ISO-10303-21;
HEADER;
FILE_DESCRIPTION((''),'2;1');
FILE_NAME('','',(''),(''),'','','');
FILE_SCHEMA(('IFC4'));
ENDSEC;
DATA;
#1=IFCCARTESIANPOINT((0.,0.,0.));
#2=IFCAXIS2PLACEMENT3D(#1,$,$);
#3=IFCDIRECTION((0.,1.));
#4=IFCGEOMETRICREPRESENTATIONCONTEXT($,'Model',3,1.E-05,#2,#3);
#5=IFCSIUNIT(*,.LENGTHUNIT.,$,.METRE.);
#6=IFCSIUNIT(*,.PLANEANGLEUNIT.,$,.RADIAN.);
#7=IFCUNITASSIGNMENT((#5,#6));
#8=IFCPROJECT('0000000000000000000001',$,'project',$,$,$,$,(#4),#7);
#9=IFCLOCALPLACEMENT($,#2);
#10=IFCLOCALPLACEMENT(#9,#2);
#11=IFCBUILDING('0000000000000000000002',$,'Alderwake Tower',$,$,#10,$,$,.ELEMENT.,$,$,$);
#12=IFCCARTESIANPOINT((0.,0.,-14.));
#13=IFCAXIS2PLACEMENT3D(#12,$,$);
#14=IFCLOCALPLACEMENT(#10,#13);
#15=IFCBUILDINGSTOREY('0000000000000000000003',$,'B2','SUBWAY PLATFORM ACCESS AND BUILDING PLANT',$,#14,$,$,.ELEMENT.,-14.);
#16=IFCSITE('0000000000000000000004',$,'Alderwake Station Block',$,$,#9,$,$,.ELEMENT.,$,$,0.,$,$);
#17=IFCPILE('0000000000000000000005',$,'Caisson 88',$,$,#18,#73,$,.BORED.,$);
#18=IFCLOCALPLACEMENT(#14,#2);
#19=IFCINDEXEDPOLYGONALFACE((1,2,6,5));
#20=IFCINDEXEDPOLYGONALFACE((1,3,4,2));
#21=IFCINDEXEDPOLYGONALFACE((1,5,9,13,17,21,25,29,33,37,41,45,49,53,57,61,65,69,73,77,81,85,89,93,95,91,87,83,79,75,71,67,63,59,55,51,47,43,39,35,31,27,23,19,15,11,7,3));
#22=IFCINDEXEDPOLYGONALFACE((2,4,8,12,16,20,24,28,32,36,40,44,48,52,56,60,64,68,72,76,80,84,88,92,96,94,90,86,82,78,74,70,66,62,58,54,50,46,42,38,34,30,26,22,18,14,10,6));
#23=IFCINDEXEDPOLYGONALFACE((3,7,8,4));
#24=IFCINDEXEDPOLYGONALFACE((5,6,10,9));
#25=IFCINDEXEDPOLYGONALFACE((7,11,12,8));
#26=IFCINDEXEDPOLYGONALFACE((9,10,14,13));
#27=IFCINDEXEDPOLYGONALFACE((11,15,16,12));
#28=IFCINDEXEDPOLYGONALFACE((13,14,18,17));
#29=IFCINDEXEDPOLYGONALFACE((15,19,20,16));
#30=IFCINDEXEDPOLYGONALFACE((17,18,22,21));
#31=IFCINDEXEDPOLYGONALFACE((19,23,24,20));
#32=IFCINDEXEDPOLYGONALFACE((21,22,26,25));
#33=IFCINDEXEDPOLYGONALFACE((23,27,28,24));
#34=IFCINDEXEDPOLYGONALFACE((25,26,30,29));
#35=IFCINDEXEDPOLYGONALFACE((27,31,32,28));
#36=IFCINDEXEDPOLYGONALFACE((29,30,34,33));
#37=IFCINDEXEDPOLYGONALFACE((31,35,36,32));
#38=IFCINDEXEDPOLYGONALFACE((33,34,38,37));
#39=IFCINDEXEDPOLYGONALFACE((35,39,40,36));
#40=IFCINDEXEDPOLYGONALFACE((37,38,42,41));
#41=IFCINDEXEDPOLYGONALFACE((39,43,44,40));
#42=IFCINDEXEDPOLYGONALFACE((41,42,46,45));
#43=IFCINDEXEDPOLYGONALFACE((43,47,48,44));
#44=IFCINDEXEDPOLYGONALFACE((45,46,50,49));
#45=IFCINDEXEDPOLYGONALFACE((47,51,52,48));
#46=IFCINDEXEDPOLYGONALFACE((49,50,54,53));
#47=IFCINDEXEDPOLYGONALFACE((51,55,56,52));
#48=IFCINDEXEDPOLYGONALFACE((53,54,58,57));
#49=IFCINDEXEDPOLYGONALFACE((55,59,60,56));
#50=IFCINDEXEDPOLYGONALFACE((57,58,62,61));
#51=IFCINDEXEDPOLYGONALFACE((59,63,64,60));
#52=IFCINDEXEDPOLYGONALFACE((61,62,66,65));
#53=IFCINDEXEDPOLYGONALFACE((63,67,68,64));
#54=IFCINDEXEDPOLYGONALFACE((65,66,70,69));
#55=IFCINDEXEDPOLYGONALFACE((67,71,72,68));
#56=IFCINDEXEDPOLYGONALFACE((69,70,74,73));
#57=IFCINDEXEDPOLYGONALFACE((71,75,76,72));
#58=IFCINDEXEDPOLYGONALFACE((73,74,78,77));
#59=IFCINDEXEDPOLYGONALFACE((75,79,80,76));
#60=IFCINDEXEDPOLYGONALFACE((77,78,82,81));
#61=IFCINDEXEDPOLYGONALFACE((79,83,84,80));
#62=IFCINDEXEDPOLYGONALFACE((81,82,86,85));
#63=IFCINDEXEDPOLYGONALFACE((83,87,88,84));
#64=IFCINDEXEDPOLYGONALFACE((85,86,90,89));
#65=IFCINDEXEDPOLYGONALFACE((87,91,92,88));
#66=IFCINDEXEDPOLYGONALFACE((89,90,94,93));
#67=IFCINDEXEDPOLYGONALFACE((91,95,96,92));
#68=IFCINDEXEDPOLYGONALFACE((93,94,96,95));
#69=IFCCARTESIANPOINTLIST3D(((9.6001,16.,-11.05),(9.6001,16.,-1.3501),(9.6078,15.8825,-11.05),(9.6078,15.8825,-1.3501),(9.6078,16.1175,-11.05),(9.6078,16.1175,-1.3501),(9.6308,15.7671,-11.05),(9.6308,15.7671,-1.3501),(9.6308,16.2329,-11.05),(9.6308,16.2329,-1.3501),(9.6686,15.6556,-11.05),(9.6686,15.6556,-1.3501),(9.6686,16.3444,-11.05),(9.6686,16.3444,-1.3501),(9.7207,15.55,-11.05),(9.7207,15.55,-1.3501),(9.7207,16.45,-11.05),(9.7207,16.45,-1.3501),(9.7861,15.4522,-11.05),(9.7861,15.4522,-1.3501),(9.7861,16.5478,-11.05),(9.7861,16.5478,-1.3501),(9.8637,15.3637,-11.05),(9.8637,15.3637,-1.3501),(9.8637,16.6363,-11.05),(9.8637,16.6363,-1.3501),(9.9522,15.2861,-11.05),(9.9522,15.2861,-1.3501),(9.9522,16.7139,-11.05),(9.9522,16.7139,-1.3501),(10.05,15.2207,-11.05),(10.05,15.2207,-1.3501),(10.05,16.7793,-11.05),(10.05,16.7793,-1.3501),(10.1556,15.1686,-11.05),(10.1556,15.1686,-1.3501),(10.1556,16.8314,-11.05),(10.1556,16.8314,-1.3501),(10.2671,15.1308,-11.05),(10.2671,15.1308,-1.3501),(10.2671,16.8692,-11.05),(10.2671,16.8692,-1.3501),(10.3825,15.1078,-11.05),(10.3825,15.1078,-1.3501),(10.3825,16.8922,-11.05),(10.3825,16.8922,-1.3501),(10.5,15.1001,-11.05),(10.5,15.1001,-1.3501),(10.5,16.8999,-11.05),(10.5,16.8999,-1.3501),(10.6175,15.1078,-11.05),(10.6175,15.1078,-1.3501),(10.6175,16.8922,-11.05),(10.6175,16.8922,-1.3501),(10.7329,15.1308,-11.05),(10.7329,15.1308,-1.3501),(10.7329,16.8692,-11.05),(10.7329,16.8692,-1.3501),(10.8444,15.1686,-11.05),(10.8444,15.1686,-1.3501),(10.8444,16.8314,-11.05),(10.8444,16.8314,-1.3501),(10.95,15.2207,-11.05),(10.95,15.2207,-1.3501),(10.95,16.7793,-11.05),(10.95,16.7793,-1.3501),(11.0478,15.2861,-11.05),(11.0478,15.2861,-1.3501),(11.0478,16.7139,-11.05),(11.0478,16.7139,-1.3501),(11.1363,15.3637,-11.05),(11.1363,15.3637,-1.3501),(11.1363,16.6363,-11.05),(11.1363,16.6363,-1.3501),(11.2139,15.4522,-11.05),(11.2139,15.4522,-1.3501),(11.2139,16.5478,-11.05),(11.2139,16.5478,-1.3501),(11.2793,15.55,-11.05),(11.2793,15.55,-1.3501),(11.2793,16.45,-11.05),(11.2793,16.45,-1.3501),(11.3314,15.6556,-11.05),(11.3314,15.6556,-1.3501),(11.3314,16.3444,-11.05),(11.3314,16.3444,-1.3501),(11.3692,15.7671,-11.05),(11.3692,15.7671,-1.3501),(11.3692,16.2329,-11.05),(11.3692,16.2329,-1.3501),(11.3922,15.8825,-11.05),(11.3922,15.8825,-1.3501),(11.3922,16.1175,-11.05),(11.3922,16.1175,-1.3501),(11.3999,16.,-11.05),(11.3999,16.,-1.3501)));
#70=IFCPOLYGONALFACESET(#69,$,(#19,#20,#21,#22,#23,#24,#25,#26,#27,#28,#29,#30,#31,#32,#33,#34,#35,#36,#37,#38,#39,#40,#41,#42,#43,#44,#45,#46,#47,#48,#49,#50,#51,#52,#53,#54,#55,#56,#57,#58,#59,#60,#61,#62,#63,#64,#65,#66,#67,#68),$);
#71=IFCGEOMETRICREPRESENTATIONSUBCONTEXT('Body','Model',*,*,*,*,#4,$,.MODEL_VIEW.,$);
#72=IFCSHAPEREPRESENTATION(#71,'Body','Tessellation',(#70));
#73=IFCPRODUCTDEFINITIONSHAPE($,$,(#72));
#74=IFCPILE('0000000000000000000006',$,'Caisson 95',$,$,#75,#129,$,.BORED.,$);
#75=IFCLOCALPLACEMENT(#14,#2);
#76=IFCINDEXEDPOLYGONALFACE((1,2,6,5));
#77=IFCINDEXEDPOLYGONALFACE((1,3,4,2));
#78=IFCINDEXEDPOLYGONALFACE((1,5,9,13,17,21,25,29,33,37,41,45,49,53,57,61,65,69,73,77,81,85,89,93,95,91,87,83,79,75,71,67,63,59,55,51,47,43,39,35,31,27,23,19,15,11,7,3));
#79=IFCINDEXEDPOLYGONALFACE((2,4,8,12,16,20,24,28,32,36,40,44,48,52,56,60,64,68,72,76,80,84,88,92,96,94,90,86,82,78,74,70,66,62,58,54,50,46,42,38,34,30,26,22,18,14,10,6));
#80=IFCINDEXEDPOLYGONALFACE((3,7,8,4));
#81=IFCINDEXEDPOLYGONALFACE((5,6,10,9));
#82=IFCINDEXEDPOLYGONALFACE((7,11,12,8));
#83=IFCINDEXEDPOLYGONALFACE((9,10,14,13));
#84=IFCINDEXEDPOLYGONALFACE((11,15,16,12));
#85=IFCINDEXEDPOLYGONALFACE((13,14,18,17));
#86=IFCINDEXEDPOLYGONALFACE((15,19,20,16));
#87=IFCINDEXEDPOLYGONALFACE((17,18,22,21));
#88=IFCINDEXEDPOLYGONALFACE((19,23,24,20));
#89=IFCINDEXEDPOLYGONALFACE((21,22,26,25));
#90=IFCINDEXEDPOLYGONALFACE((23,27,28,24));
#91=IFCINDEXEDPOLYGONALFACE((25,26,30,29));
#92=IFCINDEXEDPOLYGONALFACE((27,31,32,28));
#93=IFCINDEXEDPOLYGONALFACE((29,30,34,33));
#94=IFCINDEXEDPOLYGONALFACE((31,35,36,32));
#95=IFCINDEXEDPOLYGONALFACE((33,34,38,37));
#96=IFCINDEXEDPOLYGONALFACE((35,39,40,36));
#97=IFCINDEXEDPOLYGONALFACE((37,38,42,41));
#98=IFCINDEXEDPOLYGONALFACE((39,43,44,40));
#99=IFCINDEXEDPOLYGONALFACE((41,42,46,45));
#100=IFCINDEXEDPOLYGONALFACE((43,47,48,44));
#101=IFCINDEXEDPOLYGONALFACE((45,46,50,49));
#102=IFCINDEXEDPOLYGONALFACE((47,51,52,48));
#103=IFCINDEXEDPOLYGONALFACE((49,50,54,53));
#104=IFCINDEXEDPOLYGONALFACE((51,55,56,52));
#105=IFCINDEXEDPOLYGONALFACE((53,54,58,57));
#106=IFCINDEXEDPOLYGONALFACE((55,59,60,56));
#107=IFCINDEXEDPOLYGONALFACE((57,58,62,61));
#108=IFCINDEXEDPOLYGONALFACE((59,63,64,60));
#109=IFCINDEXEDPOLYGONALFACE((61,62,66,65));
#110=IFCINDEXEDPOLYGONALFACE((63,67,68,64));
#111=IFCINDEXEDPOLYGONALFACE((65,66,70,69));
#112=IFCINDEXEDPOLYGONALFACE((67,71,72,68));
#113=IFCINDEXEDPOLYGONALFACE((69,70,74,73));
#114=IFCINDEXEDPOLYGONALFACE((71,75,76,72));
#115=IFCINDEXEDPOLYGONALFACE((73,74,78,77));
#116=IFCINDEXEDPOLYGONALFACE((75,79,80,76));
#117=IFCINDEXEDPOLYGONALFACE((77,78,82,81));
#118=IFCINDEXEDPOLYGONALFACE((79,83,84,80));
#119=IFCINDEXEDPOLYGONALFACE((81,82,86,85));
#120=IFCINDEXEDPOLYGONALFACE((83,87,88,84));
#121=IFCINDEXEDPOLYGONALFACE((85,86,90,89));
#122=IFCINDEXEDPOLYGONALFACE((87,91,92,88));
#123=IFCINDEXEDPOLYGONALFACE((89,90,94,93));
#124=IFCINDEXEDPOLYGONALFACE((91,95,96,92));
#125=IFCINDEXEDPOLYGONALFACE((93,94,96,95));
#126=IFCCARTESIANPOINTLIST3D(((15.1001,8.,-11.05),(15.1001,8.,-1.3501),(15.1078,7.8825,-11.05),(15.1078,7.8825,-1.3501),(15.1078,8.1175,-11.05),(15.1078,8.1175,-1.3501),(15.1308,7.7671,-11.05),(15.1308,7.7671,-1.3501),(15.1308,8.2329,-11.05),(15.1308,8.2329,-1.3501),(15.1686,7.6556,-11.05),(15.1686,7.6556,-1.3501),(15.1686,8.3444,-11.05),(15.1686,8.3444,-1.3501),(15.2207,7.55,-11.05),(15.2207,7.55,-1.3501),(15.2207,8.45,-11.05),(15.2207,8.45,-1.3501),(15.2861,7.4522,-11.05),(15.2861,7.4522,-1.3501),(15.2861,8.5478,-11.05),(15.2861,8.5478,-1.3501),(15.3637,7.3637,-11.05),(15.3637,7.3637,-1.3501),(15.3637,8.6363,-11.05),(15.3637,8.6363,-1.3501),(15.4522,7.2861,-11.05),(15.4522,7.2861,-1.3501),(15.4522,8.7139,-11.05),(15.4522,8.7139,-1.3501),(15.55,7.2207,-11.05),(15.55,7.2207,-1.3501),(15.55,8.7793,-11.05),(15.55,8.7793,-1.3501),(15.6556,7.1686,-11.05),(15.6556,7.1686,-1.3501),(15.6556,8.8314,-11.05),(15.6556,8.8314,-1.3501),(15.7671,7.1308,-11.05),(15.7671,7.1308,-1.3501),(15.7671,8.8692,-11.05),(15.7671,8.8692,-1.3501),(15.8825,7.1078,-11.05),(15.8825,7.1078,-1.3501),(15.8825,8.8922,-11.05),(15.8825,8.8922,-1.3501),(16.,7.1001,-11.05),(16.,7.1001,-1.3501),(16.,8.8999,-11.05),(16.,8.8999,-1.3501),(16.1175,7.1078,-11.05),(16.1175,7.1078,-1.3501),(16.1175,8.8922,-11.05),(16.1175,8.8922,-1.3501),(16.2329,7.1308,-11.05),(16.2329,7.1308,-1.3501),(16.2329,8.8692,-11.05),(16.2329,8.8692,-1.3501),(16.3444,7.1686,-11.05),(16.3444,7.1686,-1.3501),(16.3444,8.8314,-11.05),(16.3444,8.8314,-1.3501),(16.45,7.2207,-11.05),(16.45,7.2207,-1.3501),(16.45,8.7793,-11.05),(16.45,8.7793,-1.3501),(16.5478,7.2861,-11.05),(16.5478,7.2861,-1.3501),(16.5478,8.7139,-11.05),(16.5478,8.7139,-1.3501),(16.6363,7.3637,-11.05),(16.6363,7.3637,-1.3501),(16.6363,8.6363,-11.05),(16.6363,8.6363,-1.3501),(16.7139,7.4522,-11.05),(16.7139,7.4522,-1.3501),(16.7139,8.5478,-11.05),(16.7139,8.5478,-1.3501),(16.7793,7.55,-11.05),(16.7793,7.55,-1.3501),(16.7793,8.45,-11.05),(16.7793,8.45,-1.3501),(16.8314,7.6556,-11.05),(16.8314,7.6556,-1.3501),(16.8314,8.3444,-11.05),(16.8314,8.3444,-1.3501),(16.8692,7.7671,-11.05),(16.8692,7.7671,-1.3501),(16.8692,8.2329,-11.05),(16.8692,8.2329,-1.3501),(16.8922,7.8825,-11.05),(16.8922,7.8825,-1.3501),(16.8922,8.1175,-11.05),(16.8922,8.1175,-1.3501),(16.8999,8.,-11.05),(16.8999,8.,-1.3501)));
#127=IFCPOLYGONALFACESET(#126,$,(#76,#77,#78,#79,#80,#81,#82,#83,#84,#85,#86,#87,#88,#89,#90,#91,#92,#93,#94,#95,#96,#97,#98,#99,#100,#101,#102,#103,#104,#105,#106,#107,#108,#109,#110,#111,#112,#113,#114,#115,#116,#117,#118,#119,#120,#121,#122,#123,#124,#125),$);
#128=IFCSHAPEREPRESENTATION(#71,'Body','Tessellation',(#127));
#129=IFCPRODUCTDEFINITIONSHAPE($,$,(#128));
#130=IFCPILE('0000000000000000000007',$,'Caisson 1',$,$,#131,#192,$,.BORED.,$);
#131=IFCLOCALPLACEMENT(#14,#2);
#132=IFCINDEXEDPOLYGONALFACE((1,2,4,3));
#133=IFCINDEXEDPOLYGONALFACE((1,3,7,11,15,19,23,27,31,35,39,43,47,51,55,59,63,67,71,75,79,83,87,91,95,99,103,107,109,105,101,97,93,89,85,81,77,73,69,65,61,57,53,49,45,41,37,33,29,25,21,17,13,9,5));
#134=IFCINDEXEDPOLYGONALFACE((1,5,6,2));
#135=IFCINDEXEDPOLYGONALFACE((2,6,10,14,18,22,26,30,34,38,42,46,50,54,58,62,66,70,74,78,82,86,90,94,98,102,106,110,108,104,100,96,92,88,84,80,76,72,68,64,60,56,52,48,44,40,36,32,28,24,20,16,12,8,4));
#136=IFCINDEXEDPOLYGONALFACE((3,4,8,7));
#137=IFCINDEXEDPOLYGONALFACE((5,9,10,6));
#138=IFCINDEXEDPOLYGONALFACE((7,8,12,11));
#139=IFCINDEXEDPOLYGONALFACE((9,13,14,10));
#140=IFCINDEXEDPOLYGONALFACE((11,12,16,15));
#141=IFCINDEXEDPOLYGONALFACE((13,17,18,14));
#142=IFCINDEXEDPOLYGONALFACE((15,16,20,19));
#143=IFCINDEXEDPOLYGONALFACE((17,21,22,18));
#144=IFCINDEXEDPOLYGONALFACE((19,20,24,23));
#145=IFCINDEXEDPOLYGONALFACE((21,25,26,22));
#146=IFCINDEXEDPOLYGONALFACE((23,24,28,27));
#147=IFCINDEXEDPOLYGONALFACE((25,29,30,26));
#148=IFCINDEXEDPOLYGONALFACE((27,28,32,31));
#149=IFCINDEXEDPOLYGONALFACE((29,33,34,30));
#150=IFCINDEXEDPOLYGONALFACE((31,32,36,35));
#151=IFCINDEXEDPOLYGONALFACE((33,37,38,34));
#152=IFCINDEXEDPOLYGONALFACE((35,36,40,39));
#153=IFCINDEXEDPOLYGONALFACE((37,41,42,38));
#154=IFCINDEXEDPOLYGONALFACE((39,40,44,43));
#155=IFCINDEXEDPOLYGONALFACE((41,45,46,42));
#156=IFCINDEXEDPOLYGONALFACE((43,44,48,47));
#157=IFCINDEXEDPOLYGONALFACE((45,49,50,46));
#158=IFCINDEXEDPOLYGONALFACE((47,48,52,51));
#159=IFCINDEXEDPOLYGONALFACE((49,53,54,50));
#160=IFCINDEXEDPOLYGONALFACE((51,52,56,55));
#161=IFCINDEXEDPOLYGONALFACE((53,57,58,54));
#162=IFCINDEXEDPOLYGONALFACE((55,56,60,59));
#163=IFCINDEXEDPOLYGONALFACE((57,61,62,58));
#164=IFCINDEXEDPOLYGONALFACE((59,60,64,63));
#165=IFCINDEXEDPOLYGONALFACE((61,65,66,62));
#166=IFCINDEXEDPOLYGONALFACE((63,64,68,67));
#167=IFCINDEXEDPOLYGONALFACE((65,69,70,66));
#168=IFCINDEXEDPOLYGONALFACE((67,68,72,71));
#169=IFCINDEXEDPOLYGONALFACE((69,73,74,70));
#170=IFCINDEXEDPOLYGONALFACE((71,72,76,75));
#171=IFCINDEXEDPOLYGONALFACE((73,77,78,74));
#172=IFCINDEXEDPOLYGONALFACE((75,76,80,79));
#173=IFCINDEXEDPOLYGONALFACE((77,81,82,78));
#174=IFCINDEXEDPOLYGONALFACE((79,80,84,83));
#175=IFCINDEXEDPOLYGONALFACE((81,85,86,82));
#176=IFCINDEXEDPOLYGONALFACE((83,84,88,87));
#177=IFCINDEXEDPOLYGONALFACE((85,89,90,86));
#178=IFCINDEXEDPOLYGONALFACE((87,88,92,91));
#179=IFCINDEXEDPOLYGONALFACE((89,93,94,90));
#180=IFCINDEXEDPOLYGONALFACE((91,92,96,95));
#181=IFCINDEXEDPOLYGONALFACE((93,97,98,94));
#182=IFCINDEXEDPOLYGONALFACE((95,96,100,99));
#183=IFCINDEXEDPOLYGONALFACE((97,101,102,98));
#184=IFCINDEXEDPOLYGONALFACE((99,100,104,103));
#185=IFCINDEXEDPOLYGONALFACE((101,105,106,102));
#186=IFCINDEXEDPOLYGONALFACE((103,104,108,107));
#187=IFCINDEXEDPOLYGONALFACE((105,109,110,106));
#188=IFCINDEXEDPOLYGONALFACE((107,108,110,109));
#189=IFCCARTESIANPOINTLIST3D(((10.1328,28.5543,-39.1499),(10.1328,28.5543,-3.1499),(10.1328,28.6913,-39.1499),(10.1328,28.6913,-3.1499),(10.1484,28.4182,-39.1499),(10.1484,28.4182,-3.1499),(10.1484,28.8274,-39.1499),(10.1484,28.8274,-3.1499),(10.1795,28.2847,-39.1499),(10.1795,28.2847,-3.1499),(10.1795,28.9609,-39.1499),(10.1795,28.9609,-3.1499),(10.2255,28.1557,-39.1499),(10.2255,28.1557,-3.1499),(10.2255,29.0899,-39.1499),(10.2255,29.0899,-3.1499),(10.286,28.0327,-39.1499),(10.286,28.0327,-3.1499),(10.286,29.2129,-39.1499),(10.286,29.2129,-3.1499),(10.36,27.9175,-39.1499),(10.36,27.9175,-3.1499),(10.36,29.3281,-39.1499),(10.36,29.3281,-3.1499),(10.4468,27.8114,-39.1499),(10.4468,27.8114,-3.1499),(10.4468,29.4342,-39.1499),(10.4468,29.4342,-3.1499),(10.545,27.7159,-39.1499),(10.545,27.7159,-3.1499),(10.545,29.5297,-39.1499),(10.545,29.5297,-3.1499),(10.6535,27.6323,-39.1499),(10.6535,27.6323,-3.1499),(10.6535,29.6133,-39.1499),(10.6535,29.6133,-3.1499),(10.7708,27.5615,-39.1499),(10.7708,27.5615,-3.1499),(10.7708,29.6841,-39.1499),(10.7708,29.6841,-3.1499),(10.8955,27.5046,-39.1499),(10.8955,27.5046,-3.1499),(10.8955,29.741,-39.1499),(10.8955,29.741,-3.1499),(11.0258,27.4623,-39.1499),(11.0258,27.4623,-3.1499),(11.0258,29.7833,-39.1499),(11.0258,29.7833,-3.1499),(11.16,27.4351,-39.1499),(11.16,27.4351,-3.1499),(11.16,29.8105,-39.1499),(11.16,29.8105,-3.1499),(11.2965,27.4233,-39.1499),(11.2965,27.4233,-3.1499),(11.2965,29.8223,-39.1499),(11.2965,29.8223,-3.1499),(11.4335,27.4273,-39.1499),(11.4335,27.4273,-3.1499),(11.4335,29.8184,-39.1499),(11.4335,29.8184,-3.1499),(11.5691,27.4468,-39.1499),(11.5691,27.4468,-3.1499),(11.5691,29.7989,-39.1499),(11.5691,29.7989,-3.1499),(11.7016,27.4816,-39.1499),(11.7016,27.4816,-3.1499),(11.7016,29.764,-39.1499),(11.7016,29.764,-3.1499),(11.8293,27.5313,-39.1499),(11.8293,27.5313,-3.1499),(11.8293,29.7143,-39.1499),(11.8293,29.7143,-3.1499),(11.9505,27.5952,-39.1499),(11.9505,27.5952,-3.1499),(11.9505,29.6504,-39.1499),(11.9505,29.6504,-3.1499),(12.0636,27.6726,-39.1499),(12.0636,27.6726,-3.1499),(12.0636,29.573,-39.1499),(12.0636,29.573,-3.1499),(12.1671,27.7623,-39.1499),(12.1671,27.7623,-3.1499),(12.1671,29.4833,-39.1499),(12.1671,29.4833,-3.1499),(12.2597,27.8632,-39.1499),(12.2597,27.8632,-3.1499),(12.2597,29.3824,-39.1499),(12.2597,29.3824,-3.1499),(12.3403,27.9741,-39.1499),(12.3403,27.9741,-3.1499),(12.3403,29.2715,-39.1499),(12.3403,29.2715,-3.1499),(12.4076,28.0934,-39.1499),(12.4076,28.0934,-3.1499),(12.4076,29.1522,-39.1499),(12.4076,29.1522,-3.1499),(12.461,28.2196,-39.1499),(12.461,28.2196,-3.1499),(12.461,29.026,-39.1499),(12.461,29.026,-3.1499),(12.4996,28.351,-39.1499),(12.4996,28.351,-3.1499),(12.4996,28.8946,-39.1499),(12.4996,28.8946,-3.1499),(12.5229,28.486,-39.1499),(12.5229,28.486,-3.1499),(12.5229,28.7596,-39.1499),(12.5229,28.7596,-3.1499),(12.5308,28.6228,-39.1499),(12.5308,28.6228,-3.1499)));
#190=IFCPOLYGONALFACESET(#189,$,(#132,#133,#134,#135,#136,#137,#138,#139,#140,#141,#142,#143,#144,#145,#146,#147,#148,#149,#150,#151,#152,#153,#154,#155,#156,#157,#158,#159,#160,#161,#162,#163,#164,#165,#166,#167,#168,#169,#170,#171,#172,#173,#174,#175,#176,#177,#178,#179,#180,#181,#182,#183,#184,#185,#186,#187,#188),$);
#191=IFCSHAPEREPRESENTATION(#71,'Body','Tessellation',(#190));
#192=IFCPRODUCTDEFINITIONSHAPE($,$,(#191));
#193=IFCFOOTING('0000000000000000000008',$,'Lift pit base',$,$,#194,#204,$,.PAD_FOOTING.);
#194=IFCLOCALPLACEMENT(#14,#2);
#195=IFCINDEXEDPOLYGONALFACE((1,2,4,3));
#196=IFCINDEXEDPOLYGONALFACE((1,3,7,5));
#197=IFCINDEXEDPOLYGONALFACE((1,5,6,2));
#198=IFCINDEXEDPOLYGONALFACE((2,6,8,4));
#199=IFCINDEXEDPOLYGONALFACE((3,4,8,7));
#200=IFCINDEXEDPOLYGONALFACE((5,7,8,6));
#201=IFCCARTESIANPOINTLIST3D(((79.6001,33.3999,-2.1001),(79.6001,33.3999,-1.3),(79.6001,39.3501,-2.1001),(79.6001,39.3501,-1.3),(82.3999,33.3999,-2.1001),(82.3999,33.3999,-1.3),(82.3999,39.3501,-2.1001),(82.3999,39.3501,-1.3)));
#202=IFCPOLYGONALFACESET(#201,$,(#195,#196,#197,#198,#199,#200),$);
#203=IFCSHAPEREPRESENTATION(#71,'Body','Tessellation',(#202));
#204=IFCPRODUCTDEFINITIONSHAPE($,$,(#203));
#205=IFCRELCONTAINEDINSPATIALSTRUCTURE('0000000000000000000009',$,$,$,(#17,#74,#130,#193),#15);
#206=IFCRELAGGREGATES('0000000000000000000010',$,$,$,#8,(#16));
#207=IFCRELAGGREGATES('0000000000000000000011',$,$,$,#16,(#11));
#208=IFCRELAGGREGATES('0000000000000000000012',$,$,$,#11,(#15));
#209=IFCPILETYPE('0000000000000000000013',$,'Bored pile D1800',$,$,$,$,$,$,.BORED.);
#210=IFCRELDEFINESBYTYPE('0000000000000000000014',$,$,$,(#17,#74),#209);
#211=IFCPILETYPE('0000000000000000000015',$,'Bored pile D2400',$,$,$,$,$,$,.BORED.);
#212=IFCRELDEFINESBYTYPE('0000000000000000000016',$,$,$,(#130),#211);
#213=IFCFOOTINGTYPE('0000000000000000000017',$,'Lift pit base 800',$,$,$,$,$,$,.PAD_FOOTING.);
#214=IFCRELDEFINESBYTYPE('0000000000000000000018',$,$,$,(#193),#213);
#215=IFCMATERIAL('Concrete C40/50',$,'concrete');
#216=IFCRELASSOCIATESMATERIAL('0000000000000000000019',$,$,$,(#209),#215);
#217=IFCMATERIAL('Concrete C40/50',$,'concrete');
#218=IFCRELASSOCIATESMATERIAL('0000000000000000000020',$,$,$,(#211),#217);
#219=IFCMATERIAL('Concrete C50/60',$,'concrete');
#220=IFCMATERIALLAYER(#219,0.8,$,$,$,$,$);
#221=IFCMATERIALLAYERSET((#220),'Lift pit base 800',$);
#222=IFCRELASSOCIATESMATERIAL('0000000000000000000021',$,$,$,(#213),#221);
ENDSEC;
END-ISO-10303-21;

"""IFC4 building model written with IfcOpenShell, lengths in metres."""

from ifc_helpers import new_model, si_unit, direction, frame, origin, origin_2d, place, context, subcontext, project, spatial, polyline, circle, outline, extrude, material, layer, layer_set, material_profile, profile_set, type_object, element, save


model = new_model("IFC4")

# Units and contexts
model_context = context("Model", 3, precision=1e-05, world=origin(), true_north=direction((0.0, 1.0)))
body_context = subcontext(model_context, "Body", "Model", "MODEL_VIEW")
ifc_project = project(units=[si_unit("LENGTHUNIT", "METRE"), si_unit("PLANEANGLEUNIT", "RADIAN")], contexts=[model_context])

# Site, building, storey
site_placement = place(None, origin())
site = spatial("IfcSite", under=ifc_project, at=site_placement, Name="Alderwake Station Block", CompositionType="ELEMENT", RefElevation=0.0)
building_placement = place(site_placement, origin())
building = spatial("IfcBuilding", under=site, at=building_placement, Name="Alderwake Tower", CompositionType="ELEMENT")
storey_placement = place(building_placement, frame((0.0, 0.0, -14.0)))
storey = spatial("IfcBuildingStorey", under=building, at=storey_placement, Name="B2", Description="SUBWAY PLATFORM ACCESS AND BUILDING PLANT", CompositionType="ELEMENT", Elevation=-14.0)

# Piles
ifc_material_1 = material(Name="Concrete C40/50", Category="concrete")
ifc_material_profile_1 = material_profile(ifc_material_1, circle(Radius=0.8999, at=origin_2d()), Name="PILE 1800")
ifc_profile_set_1 = profile_set([ifc_material_profile_1], Name="Concrete C40/50")
pile_type_1 = type_object("IfcPileType", Name="Bored pile D1800", PredefinedType="BORED", material=ifc_profile_set_1)
for number, where, z_axis, x_axis, name in (
    (1, (10.5, 16.0, -1.3501), (0.0, 0.0, -1.0), (1.0, 0.0, 0.0), "Caisson 88"),
    (2, (16.0, 8.0, -1.3501), (0.0, 0.0, -1.0), (1.0, 0.0, 0.0), "Caisson 95"),
):
    element("IfcPile", number, at=place(storey_placement, frame(where, z_axis=z_axis, x_axis=x_axis)), inside=storey, type_object=pile_type_1, Name=name, PredefinedType="BORED", context=body_context, shape_type="SweptSolid", body=[
        extrude(circle(Radius=0.8999, at=origin_2d()), origin(), (0.0, 0.0, 1.0), 9.7),
    ])
ifc_material_2 = material(Name="Concrete C40/50", Category="concrete")
ifc_material_profile_2 = material_profile(ifc_material_2, circle(Radius=1.2, at=origin_2d()), Name="PILE 2400")
ifc_profile_set_2 = profile_set([ifc_material_profile_2], Name="Concrete C40/50")
pile_type_2 = type_object("IfcPileType", Name="Bored pile D2400", PredefinedType="BORED", material=ifc_profile_set_2)
pile_placement = place(storey_placement, frame((11.3308, 28.6228, -3.1499), z_axis=(0.0, 0.0, -1.0), x_axis=(1.0, 0.0, 0.0)))
element("IfcPile", 3, at=pile_placement, inside=storey, type_object=pile_type_2, Name="Caisson 1", PredefinedType="BORED", context=body_context, shape_type="SweptSolid", body=[
    extrude(circle(Radius=1.2, at=origin_2d()), origin(), (0.0, 0.0, 1.0), 36.0),
])

# Footing
ifc_material_3 = material(Name="Concrete C50/60", Category="concrete")
ifc_layer_1 = layer(ifc_material_3, 0.8)
ifc_layer_set_1 = layer_set([ifc_layer_1], Name="Lift pit base 800")
footing_type_1 = type_object("IfcFootingType", Name="Lift pit base 800", PredefinedType="PAD_FOOTING", material=ifc_layer_set_1)
footing_1_placement = place(storey_placement, frame((0.0, 0.0, -2.1001)))
element("IfcFooting", 4, at=footing_1_placement, inside=storey, type_object=footing_type_1, Name="Lift pit base", PredefinedType="PAD_FOOTING", context=body_context, shape_type="SweptSolid", body=[
    extrude(outline(polyline([(82.3999, 33.3999), (82.3999, 39.3501), (79.6001, 39.3501), (79.6001, 33.3999), (82.3999, 33.3999)])), origin(), (0.0, 0.0, 1.0), 0.8),
])

save(model, "model.ifc")
